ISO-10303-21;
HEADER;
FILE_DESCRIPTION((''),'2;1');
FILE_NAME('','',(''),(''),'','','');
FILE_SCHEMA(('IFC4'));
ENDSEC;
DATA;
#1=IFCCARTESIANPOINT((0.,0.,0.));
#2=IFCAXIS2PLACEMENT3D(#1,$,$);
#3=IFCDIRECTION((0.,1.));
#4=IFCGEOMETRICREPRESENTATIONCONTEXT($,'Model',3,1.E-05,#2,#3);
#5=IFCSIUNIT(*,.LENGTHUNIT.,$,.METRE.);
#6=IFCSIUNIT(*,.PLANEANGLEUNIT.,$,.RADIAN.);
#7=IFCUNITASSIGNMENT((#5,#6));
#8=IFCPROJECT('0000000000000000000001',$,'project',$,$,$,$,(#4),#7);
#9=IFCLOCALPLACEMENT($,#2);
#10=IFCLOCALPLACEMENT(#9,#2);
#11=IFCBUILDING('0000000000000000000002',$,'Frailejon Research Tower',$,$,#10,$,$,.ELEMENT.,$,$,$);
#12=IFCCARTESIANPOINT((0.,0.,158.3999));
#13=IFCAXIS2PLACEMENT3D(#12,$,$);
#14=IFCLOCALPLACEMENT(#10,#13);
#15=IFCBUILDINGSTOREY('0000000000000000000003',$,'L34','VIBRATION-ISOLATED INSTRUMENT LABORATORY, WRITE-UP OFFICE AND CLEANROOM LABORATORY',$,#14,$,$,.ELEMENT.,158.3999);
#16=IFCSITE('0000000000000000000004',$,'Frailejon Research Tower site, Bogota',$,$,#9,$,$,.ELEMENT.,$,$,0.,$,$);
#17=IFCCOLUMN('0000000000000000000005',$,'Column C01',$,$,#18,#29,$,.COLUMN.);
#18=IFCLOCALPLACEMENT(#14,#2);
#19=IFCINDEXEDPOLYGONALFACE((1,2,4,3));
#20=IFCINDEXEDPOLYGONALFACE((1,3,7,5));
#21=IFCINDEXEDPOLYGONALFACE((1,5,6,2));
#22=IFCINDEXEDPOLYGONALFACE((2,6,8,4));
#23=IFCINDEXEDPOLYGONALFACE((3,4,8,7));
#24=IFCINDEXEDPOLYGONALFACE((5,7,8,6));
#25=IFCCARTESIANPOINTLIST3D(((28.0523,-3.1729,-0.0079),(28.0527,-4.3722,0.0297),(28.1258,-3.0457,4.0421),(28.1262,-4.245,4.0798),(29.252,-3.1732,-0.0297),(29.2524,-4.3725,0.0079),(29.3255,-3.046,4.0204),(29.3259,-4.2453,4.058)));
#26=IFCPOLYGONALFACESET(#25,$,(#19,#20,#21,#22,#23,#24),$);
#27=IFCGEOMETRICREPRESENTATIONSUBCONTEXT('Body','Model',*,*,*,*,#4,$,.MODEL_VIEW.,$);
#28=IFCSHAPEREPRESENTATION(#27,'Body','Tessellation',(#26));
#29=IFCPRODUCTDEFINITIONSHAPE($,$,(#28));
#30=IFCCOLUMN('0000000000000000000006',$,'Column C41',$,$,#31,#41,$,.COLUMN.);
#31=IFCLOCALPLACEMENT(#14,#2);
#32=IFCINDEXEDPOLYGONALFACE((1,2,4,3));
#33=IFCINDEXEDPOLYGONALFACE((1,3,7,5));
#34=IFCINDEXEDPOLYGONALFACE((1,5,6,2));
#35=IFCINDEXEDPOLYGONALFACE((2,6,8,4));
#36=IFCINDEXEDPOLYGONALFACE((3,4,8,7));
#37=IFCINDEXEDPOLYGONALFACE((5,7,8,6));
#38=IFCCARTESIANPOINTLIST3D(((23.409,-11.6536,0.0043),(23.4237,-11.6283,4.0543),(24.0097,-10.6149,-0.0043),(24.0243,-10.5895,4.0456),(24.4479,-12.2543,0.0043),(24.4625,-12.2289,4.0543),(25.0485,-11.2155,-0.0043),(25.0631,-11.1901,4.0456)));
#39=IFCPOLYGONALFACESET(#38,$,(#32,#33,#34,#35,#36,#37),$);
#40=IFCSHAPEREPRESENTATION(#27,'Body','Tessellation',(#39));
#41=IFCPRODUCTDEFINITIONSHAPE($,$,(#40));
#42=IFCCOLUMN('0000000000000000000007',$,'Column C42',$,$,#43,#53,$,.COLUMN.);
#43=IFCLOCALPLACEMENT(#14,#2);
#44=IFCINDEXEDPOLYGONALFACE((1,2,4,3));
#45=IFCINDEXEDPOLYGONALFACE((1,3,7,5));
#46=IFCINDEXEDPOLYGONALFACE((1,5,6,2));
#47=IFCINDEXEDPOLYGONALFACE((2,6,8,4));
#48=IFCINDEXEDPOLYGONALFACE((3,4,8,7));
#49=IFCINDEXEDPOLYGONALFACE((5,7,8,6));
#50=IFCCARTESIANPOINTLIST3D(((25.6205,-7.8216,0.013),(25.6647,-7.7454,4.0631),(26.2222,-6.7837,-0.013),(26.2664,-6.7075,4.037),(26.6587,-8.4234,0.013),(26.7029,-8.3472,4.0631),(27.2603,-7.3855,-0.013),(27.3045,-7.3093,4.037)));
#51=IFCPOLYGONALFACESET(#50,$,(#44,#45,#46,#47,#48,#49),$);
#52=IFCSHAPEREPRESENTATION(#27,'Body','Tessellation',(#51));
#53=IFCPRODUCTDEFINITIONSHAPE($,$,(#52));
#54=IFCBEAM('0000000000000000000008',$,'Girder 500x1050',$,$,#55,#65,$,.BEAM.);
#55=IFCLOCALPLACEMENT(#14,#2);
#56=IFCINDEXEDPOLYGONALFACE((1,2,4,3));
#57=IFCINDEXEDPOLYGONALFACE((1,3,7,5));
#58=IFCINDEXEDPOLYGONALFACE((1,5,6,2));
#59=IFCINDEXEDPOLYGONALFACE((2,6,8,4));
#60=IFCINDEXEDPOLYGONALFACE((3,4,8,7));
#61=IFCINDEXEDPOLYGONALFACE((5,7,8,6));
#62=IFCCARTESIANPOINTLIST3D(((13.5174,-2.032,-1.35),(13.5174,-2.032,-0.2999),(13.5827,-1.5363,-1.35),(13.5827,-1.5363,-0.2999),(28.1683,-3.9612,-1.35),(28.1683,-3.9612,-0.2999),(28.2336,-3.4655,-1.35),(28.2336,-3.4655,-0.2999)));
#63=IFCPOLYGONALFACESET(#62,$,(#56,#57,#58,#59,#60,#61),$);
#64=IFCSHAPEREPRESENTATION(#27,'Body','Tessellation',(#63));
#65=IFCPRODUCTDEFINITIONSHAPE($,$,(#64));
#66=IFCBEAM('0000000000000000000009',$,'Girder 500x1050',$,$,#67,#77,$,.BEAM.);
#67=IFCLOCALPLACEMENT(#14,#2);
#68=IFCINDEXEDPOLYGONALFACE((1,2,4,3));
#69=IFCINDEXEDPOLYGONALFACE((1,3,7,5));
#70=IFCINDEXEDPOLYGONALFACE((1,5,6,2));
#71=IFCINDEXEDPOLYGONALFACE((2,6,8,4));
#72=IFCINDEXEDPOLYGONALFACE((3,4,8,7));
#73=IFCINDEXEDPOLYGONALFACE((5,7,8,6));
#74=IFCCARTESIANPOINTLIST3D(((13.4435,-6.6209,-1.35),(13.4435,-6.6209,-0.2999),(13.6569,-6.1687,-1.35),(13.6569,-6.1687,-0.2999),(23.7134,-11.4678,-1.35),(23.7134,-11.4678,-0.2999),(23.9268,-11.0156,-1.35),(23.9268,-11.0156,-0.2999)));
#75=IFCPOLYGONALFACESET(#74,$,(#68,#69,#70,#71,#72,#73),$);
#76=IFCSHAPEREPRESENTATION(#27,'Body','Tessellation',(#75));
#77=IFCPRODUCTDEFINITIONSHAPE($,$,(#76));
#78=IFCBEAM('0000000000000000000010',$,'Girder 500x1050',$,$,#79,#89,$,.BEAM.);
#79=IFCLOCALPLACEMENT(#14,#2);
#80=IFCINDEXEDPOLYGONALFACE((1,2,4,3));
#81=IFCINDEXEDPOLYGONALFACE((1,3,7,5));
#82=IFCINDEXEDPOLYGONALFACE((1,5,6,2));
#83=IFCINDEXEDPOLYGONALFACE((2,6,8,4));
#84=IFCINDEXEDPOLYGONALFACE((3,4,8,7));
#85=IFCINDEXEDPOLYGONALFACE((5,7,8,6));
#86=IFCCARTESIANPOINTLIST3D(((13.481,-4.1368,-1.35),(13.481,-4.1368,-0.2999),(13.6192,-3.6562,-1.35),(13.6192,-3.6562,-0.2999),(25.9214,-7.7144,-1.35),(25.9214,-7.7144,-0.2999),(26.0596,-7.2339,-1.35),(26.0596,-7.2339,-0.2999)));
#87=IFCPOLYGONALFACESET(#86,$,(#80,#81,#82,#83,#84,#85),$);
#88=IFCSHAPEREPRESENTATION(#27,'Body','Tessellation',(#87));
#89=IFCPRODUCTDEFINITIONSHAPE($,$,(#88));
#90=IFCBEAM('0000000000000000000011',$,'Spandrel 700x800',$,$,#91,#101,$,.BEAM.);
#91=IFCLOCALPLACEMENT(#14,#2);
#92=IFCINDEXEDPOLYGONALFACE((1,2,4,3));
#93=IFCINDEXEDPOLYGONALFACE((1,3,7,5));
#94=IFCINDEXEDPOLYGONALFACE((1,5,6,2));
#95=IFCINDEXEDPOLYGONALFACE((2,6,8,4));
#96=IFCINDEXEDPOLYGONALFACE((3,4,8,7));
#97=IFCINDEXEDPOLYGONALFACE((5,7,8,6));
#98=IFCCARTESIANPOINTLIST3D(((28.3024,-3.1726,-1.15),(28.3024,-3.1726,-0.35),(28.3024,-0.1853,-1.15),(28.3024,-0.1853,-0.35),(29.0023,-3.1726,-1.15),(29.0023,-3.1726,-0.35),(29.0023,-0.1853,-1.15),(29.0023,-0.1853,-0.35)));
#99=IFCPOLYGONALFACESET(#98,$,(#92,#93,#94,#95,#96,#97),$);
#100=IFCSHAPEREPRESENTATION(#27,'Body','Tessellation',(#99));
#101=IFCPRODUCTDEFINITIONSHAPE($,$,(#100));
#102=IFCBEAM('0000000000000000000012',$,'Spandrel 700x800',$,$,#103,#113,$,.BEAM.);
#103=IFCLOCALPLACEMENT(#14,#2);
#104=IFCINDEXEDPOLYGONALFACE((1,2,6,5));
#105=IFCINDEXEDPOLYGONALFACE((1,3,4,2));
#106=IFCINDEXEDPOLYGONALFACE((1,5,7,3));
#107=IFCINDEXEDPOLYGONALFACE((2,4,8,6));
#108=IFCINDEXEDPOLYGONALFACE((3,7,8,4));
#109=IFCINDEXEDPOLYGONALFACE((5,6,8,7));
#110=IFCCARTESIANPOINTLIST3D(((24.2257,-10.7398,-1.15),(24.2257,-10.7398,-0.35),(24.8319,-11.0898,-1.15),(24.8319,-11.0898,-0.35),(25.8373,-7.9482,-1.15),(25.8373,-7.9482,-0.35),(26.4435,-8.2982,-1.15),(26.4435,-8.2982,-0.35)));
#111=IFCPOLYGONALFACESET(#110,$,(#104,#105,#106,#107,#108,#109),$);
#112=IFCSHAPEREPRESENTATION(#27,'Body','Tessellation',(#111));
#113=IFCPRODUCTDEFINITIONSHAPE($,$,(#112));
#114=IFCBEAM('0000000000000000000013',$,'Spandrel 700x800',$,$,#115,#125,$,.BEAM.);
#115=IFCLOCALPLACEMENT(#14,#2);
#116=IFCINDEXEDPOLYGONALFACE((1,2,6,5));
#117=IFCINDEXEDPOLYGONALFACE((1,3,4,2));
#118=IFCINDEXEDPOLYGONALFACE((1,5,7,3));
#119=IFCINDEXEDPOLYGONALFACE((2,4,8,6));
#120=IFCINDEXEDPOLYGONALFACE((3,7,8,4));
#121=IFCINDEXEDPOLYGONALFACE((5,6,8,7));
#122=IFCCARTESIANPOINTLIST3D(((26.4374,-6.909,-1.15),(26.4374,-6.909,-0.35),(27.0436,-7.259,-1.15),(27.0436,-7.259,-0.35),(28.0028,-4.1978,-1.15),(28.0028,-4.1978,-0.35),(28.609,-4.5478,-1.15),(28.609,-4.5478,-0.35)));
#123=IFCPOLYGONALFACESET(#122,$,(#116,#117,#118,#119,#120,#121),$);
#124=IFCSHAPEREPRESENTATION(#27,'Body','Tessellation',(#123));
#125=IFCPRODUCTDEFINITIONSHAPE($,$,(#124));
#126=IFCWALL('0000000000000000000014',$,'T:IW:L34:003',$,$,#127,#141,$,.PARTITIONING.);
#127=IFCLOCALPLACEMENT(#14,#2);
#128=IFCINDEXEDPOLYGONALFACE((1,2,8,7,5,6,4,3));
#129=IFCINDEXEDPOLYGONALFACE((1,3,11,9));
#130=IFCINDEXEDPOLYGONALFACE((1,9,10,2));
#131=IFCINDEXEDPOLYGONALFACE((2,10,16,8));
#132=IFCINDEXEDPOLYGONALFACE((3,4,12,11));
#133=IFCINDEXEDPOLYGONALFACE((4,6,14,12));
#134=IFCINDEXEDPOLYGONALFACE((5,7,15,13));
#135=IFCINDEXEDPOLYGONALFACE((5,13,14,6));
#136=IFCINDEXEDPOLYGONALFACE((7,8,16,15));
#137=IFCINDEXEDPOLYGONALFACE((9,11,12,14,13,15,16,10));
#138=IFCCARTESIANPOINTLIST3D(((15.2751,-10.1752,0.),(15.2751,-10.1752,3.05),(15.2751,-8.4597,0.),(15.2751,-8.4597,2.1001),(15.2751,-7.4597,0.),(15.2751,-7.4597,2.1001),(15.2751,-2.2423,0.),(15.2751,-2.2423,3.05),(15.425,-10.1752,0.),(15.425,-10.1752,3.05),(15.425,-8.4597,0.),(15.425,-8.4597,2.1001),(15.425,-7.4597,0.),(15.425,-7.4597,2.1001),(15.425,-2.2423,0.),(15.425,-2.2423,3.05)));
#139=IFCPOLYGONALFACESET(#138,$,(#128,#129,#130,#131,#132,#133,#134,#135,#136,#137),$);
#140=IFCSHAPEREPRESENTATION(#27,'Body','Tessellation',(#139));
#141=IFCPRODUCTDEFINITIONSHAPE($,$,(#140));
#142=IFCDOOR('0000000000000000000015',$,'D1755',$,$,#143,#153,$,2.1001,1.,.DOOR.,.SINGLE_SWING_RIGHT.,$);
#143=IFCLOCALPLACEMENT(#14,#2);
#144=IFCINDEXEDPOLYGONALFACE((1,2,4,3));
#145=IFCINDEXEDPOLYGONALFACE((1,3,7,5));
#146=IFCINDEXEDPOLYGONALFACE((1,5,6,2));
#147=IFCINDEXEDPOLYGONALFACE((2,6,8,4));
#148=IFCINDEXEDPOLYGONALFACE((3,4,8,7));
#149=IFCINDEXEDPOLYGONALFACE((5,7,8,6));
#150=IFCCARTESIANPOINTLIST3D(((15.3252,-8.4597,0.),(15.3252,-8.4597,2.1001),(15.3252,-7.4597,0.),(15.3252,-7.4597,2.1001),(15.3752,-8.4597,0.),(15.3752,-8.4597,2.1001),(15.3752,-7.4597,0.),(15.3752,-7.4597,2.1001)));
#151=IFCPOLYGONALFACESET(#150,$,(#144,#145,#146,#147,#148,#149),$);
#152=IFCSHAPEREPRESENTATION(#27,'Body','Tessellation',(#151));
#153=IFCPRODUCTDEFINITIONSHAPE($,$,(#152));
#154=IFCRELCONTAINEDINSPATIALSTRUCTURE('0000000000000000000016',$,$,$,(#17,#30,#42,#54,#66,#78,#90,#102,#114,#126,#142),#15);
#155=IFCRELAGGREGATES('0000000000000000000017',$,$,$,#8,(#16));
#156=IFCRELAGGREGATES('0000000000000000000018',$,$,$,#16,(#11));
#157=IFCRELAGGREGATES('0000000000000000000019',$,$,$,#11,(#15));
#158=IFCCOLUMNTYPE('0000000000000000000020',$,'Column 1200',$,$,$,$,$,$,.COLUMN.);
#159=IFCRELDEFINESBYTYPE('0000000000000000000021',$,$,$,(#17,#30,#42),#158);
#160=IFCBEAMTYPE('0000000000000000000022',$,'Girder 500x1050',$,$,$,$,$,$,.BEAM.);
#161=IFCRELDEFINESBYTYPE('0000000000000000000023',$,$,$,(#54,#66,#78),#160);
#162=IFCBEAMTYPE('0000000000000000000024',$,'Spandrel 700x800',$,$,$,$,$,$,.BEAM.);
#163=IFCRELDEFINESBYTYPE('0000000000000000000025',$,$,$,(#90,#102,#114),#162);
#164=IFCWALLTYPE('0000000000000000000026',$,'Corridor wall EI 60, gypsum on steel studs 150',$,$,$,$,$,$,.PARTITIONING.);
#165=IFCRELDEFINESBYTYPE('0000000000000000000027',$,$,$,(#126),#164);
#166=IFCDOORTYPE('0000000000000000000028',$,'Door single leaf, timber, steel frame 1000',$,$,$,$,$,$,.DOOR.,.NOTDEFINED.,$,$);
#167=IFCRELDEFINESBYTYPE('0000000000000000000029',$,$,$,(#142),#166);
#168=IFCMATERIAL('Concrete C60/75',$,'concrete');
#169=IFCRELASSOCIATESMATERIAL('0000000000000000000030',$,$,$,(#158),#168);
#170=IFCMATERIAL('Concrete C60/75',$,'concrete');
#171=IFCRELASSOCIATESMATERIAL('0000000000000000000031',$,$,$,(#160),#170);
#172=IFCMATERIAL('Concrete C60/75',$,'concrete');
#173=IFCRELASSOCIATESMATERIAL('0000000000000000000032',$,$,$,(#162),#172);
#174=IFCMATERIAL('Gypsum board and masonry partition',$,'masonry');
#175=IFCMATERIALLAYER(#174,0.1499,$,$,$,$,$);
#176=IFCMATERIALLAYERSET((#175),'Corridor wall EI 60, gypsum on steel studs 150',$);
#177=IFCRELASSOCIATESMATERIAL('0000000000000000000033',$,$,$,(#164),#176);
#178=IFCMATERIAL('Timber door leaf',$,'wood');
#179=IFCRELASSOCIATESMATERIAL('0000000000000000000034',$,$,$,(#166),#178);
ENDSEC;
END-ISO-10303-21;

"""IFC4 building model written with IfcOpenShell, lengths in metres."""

from ifc_helpers import new_model, si_unit, direction, frame, frame_2d, origin, origin_2d, place, context, subcontext, project, spatial, rectangle, extrude, material, layer, layer_set, material_profile, profile_set, type_object, element, fill, save


model = new_model("IFC4")

# Units and contexts
model_context = context("Model", 3, precision=1e-05, world=origin(), true_north=direction((0.0, 1.0)))
body_context = subcontext(model_context, "Body", "Model", "MODEL_VIEW")
ifc_project = project(units=[si_unit("LENGTHUNIT", "METRE"), si_unit("PLANEANGLEUNIT", "RADIAN")], contexts=[model_context])

# Site, building, storey
site_placement = place(None, origin())
site = spatial("IfcSite", under=ifc_project, at=site_placement, Name="Frailejon Research Tower site, Bogota", CompositionType="ELEMENT", RefElevation=0.0)
building_placement = place(site_placement, origin())
building = spatial("IfcBuilding", under=site, at=building_placement, Name="Frailejon Research Tower", CompositionType="ELEMENT")
storey_placement = place(building_placement, frame((0.0, 0.0, 158.3999)))
storey = spatial("IfcBuildingStorey", under=building, at=storey_placement, Name="L34", Description="VIBRATION-ISOLATED INSTRUMENT LABORATORY, WRITE-UP OFFICE AND CLEANROOM LABORATORY", CompositionType="ELEMENT", Elevation=158.3999)

# Columns
ifc_material_1 = material(Name="Concrete C60/75", Category="concrete")
ifc_material_profile_1 = material_profile(ifc_material_1, rectangle(XDim=1.2, YDim=1.2, at=origin_2d()), Name="Column 1200")
ifc_profile_set_1 = profile_set([ifc_material_profile_1], Name="Concrete C60/75")
column_type = type_object("IfcColumnType", Name="Column 1200", PredefinedType="COLUMN", material=ifc_profile_set_1)
column_1_placement = place(storey_placement, frame((28.6523, -3.7727, 0.0), z_axis=(0.018133, 0.031386, 0.999343), x_axis=(-0.000336, 0.999507, -0.031385)))
element("IfcColumn", 1, at=column_1_placement, inside=storey, type_object=column_type, Name="Column C01", PredefinedType="COLUMN", context=body_context, shape_type="SweptSolid", body=[
    extrude(rectangle(XDim=1.2, YDim=1.2, at=origin_2d()), origin(), (0.0, 0.0, 1.0), 4.0527),
])
column_2_placement = place(storey_placement, frame((24.2288, -11.4346, 0.0), z_axis=(0.003617, 0.006269, 0.999974), x_axis=(0.50053, 0.865689, -0.007238)))
element("IfcColumn", 2, at=column_2_placement, inside=storey, type_object=column_type, Name="Column C41", PredefinedType="COLUMN", context=body_context, shape_type="SweptSolid", body=[
    extrude(rectangle(XDim=1.2, YDim=1.2, at=origin_2d()), origin(), (0.0, 0.0, 1.0), 4.05),
])
column_3_placement = place(storey_placement, frame((26.4404, -7.6035, 0.0), z_axis=(0.010908, 0.018803, 0.999764), x_axis=(0.501388, 0.864949, -0.021738)))
element("IfcColumn", 3, at=column_3_placement, inside=storey, type_object=column_type, Name="Column C42", PredefinedType="COLUMN", context=body_context, shape_type="SweptSolid", body=[
    extrude(rectangle(XDim=1.2, YDim=1.2, at=origin_2d()), origin(), (0.0, 0.0, 1.0), 4.051),
])

# Beams
ifc_material_2 = material(Name="Concrete C60/75", Category="concrete")
ifc_material_profile_2 = material_profile(ifc_material_2, rectangle(XDim=0.5, YDim=1.05, at=origin_2d()), Name="Girder 500x1050")
ifc_profile_set_2 = profile_set([ifc_material_profile_2], Name="Concrete C60/75")
beam_type_1 = type_object("IfcBeamType", Name="Girder 500x1050", PredefinedType="BEAM", material=ifc_profile_set_2)
beam_1_placement = place(storey_placement, frame((28.2009, -3.7134, -0.825), z_axis=(-0.991442, 0.130551, 0.0), x_axis=(-0.130551, -0.991442, 0.0)))
element("IfcBeam", 4, at=beam_1_placement, inside=storey, type_object=beam_type_1, Name="Girder 500x1050", PredefinedType="BEAM", context=body_context, shape_type="SweptSolid", body=[
    extrude(rectangle(XDim=0.5, YDim=1.05, at=origin_2d()), origin(), (0.0, 0.0, 1.0), 14.7773),
])
beam_2_placement = place(storey_placement, frame((23.8201, -11.2417, -0.825), z_axis=(-0.904344, 0.426804, 0.0), x_axis=(-0.426804, -0.904344, 0.0)))
element("IfcBeam", 5, at=beam_2_placement, inside=storey, type_object=beam_type_1, Name="Girder 500x1050", PredefinedType="BEAM", context=body_context, shape_type="SweptSolid", body=[
    extrude(rectangle(XDim=0.5, YDim=1.05, at=origin_2d()), origin(), (0.0, 0.0, 1.0), 11.3562),
])
beam_3_placement = place(storey_placement, frame((25.9905, -7.4741, -0.825), z_axis=(-0.961049, 0.27638, 0.0), x_axis=(-0.27638, -0.961049, 0.0)))
element("IfcBeam", 6, at=beam_3_placement, inside=storey, type_object=beam_type_1, Name="Girder 500x1050", PredefinedType="BEAM", context=body_context, shape_type="SweptSolid", body=[
    extrude(rectangle(XDim=0.5, YDim=1.05, at=origin_2d()), origin(), (0.0, 0.0, 1.0), 12.9446),
])
ifc_material_3 = material(Name="Concrete C60/75", Category="concrete")
ifc_material_profile_3 = material_profile(ifc_material_3, rectangle(XDim=0.7, YDim=0.8, at=origin_2d()), Name="Spandrel 700x800")
ifc_profile_set_3 = profile_set([ifc_material_profile_3], Name="Concrete C60/75")
beam_type_2 = type_object("IfcBeamType", Name="Spandrel 700x800", PredefinedType="BEAM", material=ifc_profile_set_3)
beam_4_placement = place(storey_placement, frame((28.6523, -3.1726, -0.75), z_axis=(0.0, 1.0, 0.0), x_axis=(-1.0, 0.0, 0.0)))
element("IfcBeam", 7, at=beam_4_placement, inside=storey, type_object=beam_type_2, Name="Spandrel 700x800", PredefinedType="BEAM", context=body_context, shape_type="SweptSolid", body=[
    extrude(rectangle(XDim=0.7, YDim=0.8, at=origin_2d()), origin(), (0.0, 0.0, 1.0), 2.9873),
])
beam_5_placement = place(storey_placement, frame((24.5288, -10.9148, -0.75), z_axis=(0.499976, 0.866039, 0.0), x_axis=(-0.866039, 0.499976, 0.0)))
element("IfcBeam", 8, at=beam_5_placement, inside=storey, type_object=beam_type_2, Name="Spandrel 700x800", PredefinedType="BEAM", context=body_context, shape_type="SweptSolid", body=[
    extrude(rectangle(XDim=0.7, YDim=0.8, at=origin_2d()), origin(), (0.0, 0.0, 1.0), 3.2234),
])
beam_6_placement = place(storey_placement, frame((26.7405, -7.084, -0.75), z_axis=(0.500031, 0.866008, 0.0), x_axis=(-0.866008, 0.500031, 0.0)))
element("IfcBeam", 9, at=beam_6_placement, inside=storey, type_object=beam_type_2, Name="Spandrel 700x800", PredefinedType="BEAM", context=body_context, shape_type="SweptSolid", body=[
    extrude(rectangle(XDim=0.7, YDim=0.8, at=origin_2d()), origin(), (0.0, 0.0, 1.0), 3.1306),
])

# Wall, opening, door
ifc_material_4 = material(Name="Gypsum board and masonry partition", Category="masonry")
ifc_layer_1 = layer(ifc_material_4, 0.1499)
ifc_layer_set_1 = layer_set([ifc_layer_1], Name="Corridor wall EI 60, gypsum on steel studs 150")
wall_type_1 = type_object("IfcWallType", Name="Corridor wall EI 60, gypsum on steel studs 150", PredefinedType="PARTITIONING", material=ifc_layer_set_1)
wall_1_placement = place(storey_placement, frame((15.3501, -10.175, 0.0), z_axis=(0.0, 0.0, 1.0), x_axis=(0.0, 1.0, 0.0)))
wall_1 = element("IfcWall", 10, at=wall_1_placement, inside=storey, type_object=wall_type_1, Name="T:IW:L34:003", PredefinedType="PARTITIONING", context=body_context, shape_type="SweptSolid", body=[
    extrude(rectangle(XDim=7.9329, YDim=0.1499, at=frame_2d((3.9663, 0.0))), origin(), (0.0, 0.0, 1.0), 3.05),
])
opening_1_placement = place(wall_1_placement, frame((1.7153, 0.0, 0.0)))
opening_1 = element("IfcOpeningElement", 11, at=opening_1_placement, cuts=wall_1, PredefinedType="OPENING", context=body_context, shape_type="SweptSolid", body=[
    extrude(rectangle(XDim=1.0, YDim=2.1001, at=frame_2d((0.5, 1.05))), frame((0.0, 0.085, 0.0), z_axis=(0.0, -1.0, 0.0), x_axis=(1.0, 0.0, 0.0)), (0.0, 0.0, 1.0), 0.1699),
])
ifc_material_5 = material(Name="Timber door leaf", Category="wood")
door_type_1 = type_object("IfcDoorType", Name="Door single leaf, timber, steel frame 1000", OperationType="NOTDEFINED", PredefinedType="DOOR", material=ifc_material_5)
door_1_placement = place(opening_1_placement, origin())
door_1 = element("IfcDoor", 12, at=door_1_placement, inside=storey, type_object=door_type_1, Name="D1755", OperationType="SINGLE_SWING_RIGHT", OverallHeight=2.1001, OverallWidth=1.0, PredefinedType="DOOR", context=body_context, shape_type="SweptSolid", body=[
    extrude(rectangle(XDim=1.0, YDim=2.1001, at=frame_2d((0.5, 1.05))), frame((0.0, 0.0249, 0.0), z_axis=(0.0, -1.0, 0.0), x_axis=(1.0, 0.0, 0.0)), (0.0, 0.0, 1.0), 0.05),
])
fill(opening_1, door_1)

save(model, "model.ifc")
